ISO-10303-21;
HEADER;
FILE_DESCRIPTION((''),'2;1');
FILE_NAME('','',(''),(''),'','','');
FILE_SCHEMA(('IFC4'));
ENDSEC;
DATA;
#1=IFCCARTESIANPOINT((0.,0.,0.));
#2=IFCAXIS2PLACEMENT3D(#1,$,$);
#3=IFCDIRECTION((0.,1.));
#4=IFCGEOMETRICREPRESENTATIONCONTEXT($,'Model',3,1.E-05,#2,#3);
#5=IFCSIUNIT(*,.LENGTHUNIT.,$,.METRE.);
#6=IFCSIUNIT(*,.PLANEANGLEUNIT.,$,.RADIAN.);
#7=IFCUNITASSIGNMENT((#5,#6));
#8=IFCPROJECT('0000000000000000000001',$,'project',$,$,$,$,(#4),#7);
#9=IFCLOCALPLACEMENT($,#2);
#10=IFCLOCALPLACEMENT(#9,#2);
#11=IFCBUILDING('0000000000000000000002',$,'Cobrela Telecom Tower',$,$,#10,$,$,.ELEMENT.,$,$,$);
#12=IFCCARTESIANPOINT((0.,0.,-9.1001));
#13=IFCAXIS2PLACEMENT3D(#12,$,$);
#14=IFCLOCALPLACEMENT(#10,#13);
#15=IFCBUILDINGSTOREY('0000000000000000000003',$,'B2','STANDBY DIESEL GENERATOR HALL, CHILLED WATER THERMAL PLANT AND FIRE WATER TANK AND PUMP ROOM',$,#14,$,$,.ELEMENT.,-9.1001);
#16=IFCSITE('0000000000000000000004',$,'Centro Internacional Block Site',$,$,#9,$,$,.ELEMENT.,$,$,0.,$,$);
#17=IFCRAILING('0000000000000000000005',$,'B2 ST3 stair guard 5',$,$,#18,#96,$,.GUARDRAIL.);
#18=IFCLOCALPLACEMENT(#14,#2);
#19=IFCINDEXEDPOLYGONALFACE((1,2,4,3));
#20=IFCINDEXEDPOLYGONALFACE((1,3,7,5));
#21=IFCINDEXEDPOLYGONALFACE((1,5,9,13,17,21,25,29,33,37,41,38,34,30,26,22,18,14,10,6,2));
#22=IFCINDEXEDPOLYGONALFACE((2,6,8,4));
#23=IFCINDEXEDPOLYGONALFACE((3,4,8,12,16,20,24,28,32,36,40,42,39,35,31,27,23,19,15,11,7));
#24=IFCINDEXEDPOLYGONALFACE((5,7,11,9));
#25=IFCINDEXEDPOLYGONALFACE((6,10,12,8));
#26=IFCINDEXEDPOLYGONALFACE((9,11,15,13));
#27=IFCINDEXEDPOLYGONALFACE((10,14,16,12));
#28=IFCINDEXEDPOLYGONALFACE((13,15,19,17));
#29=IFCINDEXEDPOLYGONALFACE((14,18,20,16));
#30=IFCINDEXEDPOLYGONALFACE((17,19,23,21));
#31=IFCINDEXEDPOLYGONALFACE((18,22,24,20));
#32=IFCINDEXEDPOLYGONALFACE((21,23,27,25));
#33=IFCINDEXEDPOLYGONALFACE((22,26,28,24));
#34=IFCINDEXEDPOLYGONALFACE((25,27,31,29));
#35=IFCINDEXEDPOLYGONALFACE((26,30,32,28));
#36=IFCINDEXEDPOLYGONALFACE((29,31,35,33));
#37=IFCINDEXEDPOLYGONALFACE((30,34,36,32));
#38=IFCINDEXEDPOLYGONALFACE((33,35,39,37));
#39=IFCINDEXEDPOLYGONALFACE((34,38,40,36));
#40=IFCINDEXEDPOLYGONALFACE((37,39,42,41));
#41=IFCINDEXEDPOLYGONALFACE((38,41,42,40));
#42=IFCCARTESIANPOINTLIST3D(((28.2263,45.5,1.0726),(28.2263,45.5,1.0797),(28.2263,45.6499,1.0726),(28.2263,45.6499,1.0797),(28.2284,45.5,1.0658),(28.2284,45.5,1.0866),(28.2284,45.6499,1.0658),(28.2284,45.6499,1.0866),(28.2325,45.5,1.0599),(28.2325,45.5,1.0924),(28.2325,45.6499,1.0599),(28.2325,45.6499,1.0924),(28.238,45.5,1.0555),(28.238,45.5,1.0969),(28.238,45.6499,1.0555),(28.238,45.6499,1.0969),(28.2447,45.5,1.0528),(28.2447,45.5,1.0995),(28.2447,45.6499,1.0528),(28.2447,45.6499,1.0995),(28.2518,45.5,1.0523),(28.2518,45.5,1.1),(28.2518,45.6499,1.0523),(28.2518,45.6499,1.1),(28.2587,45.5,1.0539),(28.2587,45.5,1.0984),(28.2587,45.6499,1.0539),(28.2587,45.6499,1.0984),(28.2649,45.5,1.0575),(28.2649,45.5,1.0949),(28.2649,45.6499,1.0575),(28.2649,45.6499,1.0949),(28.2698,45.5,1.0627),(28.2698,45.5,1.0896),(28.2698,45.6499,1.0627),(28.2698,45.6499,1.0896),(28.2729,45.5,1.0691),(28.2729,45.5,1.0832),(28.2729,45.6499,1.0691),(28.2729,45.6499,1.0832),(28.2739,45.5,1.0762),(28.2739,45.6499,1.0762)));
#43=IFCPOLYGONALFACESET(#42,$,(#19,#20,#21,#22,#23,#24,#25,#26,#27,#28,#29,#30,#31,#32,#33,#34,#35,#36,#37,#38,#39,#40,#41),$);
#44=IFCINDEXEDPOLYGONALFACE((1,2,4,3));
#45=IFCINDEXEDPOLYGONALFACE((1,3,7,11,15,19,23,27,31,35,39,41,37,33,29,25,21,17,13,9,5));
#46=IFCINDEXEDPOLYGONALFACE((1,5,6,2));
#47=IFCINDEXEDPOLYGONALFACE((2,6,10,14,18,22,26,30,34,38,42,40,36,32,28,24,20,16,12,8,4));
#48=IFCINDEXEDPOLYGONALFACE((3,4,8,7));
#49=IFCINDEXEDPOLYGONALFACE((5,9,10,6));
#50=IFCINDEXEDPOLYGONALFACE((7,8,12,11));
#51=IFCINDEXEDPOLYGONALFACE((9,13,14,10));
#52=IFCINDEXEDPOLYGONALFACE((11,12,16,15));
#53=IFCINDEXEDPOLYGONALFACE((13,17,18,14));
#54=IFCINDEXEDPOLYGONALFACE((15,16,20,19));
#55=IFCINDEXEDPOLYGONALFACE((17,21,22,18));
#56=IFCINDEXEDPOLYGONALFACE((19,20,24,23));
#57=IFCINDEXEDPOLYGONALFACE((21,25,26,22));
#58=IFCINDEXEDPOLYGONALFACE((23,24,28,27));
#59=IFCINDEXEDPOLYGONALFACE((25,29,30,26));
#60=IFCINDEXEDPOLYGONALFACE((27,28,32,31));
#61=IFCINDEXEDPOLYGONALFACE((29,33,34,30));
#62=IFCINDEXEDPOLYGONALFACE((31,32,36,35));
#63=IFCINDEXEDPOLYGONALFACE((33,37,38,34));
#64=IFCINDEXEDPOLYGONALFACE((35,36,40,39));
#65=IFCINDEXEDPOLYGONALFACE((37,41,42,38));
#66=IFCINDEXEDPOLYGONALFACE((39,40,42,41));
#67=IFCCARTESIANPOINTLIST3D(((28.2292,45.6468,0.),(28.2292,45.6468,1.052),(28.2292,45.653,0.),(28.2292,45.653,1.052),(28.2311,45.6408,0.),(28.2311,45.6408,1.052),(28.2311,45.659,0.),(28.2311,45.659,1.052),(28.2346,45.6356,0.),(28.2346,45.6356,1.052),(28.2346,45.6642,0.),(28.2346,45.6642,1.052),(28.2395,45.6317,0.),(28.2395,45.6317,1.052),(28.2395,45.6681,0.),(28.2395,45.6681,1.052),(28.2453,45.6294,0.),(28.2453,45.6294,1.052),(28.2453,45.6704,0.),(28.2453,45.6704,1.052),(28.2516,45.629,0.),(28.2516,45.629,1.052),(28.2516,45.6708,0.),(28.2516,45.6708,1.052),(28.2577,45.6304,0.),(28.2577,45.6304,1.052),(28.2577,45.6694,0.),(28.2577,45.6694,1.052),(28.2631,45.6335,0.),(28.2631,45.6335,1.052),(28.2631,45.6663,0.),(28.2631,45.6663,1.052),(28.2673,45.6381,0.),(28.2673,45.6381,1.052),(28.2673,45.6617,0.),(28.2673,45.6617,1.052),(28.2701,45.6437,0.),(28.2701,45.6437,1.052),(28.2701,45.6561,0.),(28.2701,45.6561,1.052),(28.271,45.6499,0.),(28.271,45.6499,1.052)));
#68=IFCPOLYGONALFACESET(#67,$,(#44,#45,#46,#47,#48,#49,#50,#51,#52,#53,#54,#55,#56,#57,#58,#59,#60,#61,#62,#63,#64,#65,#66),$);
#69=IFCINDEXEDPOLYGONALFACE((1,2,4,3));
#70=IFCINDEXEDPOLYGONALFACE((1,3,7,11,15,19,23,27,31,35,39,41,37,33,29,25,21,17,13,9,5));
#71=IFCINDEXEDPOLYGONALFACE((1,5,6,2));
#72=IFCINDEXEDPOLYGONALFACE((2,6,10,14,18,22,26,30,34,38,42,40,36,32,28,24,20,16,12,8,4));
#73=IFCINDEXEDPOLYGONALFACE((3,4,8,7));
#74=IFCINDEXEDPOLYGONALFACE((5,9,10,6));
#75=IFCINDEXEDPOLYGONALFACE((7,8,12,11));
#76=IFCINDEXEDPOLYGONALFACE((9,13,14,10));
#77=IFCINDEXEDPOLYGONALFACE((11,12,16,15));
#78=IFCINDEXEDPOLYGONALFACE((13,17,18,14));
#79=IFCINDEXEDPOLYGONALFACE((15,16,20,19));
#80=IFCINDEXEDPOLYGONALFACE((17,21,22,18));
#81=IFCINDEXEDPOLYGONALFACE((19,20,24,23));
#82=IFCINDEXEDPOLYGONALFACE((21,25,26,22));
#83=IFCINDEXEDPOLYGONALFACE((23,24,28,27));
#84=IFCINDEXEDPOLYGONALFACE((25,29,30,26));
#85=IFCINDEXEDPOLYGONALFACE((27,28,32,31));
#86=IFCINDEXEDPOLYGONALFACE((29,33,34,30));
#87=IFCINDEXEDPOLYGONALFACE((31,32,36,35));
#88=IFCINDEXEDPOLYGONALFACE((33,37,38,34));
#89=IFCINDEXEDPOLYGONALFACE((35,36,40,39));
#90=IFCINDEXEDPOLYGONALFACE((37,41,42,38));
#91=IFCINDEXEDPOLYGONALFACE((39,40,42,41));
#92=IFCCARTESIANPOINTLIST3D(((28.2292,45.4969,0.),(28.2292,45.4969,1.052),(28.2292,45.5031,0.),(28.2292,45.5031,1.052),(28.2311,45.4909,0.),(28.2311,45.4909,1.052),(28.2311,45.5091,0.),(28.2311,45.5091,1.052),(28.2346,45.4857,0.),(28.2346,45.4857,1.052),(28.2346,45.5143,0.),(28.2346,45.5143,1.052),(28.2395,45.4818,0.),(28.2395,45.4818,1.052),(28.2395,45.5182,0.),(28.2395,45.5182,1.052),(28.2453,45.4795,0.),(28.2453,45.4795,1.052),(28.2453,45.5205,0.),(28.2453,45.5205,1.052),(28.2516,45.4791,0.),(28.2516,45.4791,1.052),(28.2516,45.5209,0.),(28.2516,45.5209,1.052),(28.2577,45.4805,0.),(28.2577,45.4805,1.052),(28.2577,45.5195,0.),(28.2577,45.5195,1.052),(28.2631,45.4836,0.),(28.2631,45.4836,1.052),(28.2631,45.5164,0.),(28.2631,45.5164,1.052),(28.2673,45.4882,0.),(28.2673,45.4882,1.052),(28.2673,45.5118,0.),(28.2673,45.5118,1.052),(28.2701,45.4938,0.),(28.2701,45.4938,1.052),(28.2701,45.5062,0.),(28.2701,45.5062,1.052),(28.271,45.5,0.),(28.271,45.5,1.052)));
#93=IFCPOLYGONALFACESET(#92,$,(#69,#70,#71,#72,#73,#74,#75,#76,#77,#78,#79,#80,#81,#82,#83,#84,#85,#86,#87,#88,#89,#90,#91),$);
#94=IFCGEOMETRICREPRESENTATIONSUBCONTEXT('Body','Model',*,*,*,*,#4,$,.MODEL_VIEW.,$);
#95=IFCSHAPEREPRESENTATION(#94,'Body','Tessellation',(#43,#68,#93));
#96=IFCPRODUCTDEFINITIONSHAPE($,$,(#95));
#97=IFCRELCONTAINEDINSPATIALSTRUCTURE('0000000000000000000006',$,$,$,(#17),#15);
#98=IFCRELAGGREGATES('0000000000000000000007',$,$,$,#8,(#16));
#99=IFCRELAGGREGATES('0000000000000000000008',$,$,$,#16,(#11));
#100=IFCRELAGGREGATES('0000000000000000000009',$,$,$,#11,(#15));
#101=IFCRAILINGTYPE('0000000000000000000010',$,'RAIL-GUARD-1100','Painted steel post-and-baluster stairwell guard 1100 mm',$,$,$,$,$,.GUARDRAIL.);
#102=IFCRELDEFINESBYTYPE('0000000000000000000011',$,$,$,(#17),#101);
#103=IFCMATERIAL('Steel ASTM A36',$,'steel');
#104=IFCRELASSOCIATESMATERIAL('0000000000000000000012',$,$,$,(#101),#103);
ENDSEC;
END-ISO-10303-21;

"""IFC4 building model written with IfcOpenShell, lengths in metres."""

from ifc_helpers import new_model, si_unit, direction, frame, origin, origin_2d, place, context, subcontext, project, spatial, circle, extrude, material, type_object, element, save


model = new_model("IFC4")

# Units and contexts
model_context = context("Model", 3, precision=1e-05, world=origin(), true_north=direction((0.0, 1.0)))
body_context = subcontext(model_context, "Body", "Model", "MODEL_VIEW")
ifc_project = project(units=[si_unit("LENGTHUNIT", "METRE"), si_unit("PLANEANGLEUNIT", "RADIAN")], contexts=[model_context])

# Site, building, storey
site_placement = place(None, origin())
site = spatial("IfcSite", under=ifc_project, at=site_placement, Name="Centro Internacional Block Site", CompositionType="ELEMENT", RefElevation=0.0)
building_placement = place(site_placement, origin())
building = spatial("IfcBuilding", under=site, at=building_placement, Name="Cobrela Telecom Tower", CompositionType="ELEMENT")
storey_placement = place(building_placement, frame((0.0, 0.0, -9.1001)))
storey = spatial("IfcBuildingStorey", under=building, at=storey_placement, Name="B2", Description="STANDBY DIESEL GENERATOR HALL, CHILLED WATER THERMAL PLANT AND FIRE WATER TANK AND PUMP ROOM", CompositionType="ELEMENT", Elevation=-9.1001)

# Shared definitions
ifc_material_1 = material(Name="Steel ASTM A36", Category="steel")

# Railing
railing_type_1 = type_object("IfcRailingType", Name="RAIL-GUARD-1100", Description="Painted steel post-and-baluster stairwell guard 1100 mm", PredefinedType="GUARDRAIL", material=ifc_material_1)
railing_1_placement = place(storey_placement, frame((28.25, 45.6499, 0.0)))
element("IfcRailing", 1, at=railing_1_placement, inside=storey, type_object=railing_type_1, Name="B2 ST3 stair guard 5", PredefinedType="GUARDRAIL", context=body_context, shape_type="SweptSolid", body=[
    extrude(circle(Radius=0.0239, at=origin_2d()), frame((0.0, 0.0, 1.0762), z_axis=(0.0, -1.0, 0.0), x_axis=(1.0, 0.0, 0.0)), (0.0, 0.0, 1.0), 0.1499),
    extrude(circle(Radius=0.021, at=origin_2d()), origin(), (0.0, 0.0, 1.0), 1.052),
    extrude(circle(Radius=0.021, at=origin_2d()), frame((0.0, -0.1499, 0.0)), (0.0, 0.0, 1.0), 1.052),
])

save(model, "model.ifc")
